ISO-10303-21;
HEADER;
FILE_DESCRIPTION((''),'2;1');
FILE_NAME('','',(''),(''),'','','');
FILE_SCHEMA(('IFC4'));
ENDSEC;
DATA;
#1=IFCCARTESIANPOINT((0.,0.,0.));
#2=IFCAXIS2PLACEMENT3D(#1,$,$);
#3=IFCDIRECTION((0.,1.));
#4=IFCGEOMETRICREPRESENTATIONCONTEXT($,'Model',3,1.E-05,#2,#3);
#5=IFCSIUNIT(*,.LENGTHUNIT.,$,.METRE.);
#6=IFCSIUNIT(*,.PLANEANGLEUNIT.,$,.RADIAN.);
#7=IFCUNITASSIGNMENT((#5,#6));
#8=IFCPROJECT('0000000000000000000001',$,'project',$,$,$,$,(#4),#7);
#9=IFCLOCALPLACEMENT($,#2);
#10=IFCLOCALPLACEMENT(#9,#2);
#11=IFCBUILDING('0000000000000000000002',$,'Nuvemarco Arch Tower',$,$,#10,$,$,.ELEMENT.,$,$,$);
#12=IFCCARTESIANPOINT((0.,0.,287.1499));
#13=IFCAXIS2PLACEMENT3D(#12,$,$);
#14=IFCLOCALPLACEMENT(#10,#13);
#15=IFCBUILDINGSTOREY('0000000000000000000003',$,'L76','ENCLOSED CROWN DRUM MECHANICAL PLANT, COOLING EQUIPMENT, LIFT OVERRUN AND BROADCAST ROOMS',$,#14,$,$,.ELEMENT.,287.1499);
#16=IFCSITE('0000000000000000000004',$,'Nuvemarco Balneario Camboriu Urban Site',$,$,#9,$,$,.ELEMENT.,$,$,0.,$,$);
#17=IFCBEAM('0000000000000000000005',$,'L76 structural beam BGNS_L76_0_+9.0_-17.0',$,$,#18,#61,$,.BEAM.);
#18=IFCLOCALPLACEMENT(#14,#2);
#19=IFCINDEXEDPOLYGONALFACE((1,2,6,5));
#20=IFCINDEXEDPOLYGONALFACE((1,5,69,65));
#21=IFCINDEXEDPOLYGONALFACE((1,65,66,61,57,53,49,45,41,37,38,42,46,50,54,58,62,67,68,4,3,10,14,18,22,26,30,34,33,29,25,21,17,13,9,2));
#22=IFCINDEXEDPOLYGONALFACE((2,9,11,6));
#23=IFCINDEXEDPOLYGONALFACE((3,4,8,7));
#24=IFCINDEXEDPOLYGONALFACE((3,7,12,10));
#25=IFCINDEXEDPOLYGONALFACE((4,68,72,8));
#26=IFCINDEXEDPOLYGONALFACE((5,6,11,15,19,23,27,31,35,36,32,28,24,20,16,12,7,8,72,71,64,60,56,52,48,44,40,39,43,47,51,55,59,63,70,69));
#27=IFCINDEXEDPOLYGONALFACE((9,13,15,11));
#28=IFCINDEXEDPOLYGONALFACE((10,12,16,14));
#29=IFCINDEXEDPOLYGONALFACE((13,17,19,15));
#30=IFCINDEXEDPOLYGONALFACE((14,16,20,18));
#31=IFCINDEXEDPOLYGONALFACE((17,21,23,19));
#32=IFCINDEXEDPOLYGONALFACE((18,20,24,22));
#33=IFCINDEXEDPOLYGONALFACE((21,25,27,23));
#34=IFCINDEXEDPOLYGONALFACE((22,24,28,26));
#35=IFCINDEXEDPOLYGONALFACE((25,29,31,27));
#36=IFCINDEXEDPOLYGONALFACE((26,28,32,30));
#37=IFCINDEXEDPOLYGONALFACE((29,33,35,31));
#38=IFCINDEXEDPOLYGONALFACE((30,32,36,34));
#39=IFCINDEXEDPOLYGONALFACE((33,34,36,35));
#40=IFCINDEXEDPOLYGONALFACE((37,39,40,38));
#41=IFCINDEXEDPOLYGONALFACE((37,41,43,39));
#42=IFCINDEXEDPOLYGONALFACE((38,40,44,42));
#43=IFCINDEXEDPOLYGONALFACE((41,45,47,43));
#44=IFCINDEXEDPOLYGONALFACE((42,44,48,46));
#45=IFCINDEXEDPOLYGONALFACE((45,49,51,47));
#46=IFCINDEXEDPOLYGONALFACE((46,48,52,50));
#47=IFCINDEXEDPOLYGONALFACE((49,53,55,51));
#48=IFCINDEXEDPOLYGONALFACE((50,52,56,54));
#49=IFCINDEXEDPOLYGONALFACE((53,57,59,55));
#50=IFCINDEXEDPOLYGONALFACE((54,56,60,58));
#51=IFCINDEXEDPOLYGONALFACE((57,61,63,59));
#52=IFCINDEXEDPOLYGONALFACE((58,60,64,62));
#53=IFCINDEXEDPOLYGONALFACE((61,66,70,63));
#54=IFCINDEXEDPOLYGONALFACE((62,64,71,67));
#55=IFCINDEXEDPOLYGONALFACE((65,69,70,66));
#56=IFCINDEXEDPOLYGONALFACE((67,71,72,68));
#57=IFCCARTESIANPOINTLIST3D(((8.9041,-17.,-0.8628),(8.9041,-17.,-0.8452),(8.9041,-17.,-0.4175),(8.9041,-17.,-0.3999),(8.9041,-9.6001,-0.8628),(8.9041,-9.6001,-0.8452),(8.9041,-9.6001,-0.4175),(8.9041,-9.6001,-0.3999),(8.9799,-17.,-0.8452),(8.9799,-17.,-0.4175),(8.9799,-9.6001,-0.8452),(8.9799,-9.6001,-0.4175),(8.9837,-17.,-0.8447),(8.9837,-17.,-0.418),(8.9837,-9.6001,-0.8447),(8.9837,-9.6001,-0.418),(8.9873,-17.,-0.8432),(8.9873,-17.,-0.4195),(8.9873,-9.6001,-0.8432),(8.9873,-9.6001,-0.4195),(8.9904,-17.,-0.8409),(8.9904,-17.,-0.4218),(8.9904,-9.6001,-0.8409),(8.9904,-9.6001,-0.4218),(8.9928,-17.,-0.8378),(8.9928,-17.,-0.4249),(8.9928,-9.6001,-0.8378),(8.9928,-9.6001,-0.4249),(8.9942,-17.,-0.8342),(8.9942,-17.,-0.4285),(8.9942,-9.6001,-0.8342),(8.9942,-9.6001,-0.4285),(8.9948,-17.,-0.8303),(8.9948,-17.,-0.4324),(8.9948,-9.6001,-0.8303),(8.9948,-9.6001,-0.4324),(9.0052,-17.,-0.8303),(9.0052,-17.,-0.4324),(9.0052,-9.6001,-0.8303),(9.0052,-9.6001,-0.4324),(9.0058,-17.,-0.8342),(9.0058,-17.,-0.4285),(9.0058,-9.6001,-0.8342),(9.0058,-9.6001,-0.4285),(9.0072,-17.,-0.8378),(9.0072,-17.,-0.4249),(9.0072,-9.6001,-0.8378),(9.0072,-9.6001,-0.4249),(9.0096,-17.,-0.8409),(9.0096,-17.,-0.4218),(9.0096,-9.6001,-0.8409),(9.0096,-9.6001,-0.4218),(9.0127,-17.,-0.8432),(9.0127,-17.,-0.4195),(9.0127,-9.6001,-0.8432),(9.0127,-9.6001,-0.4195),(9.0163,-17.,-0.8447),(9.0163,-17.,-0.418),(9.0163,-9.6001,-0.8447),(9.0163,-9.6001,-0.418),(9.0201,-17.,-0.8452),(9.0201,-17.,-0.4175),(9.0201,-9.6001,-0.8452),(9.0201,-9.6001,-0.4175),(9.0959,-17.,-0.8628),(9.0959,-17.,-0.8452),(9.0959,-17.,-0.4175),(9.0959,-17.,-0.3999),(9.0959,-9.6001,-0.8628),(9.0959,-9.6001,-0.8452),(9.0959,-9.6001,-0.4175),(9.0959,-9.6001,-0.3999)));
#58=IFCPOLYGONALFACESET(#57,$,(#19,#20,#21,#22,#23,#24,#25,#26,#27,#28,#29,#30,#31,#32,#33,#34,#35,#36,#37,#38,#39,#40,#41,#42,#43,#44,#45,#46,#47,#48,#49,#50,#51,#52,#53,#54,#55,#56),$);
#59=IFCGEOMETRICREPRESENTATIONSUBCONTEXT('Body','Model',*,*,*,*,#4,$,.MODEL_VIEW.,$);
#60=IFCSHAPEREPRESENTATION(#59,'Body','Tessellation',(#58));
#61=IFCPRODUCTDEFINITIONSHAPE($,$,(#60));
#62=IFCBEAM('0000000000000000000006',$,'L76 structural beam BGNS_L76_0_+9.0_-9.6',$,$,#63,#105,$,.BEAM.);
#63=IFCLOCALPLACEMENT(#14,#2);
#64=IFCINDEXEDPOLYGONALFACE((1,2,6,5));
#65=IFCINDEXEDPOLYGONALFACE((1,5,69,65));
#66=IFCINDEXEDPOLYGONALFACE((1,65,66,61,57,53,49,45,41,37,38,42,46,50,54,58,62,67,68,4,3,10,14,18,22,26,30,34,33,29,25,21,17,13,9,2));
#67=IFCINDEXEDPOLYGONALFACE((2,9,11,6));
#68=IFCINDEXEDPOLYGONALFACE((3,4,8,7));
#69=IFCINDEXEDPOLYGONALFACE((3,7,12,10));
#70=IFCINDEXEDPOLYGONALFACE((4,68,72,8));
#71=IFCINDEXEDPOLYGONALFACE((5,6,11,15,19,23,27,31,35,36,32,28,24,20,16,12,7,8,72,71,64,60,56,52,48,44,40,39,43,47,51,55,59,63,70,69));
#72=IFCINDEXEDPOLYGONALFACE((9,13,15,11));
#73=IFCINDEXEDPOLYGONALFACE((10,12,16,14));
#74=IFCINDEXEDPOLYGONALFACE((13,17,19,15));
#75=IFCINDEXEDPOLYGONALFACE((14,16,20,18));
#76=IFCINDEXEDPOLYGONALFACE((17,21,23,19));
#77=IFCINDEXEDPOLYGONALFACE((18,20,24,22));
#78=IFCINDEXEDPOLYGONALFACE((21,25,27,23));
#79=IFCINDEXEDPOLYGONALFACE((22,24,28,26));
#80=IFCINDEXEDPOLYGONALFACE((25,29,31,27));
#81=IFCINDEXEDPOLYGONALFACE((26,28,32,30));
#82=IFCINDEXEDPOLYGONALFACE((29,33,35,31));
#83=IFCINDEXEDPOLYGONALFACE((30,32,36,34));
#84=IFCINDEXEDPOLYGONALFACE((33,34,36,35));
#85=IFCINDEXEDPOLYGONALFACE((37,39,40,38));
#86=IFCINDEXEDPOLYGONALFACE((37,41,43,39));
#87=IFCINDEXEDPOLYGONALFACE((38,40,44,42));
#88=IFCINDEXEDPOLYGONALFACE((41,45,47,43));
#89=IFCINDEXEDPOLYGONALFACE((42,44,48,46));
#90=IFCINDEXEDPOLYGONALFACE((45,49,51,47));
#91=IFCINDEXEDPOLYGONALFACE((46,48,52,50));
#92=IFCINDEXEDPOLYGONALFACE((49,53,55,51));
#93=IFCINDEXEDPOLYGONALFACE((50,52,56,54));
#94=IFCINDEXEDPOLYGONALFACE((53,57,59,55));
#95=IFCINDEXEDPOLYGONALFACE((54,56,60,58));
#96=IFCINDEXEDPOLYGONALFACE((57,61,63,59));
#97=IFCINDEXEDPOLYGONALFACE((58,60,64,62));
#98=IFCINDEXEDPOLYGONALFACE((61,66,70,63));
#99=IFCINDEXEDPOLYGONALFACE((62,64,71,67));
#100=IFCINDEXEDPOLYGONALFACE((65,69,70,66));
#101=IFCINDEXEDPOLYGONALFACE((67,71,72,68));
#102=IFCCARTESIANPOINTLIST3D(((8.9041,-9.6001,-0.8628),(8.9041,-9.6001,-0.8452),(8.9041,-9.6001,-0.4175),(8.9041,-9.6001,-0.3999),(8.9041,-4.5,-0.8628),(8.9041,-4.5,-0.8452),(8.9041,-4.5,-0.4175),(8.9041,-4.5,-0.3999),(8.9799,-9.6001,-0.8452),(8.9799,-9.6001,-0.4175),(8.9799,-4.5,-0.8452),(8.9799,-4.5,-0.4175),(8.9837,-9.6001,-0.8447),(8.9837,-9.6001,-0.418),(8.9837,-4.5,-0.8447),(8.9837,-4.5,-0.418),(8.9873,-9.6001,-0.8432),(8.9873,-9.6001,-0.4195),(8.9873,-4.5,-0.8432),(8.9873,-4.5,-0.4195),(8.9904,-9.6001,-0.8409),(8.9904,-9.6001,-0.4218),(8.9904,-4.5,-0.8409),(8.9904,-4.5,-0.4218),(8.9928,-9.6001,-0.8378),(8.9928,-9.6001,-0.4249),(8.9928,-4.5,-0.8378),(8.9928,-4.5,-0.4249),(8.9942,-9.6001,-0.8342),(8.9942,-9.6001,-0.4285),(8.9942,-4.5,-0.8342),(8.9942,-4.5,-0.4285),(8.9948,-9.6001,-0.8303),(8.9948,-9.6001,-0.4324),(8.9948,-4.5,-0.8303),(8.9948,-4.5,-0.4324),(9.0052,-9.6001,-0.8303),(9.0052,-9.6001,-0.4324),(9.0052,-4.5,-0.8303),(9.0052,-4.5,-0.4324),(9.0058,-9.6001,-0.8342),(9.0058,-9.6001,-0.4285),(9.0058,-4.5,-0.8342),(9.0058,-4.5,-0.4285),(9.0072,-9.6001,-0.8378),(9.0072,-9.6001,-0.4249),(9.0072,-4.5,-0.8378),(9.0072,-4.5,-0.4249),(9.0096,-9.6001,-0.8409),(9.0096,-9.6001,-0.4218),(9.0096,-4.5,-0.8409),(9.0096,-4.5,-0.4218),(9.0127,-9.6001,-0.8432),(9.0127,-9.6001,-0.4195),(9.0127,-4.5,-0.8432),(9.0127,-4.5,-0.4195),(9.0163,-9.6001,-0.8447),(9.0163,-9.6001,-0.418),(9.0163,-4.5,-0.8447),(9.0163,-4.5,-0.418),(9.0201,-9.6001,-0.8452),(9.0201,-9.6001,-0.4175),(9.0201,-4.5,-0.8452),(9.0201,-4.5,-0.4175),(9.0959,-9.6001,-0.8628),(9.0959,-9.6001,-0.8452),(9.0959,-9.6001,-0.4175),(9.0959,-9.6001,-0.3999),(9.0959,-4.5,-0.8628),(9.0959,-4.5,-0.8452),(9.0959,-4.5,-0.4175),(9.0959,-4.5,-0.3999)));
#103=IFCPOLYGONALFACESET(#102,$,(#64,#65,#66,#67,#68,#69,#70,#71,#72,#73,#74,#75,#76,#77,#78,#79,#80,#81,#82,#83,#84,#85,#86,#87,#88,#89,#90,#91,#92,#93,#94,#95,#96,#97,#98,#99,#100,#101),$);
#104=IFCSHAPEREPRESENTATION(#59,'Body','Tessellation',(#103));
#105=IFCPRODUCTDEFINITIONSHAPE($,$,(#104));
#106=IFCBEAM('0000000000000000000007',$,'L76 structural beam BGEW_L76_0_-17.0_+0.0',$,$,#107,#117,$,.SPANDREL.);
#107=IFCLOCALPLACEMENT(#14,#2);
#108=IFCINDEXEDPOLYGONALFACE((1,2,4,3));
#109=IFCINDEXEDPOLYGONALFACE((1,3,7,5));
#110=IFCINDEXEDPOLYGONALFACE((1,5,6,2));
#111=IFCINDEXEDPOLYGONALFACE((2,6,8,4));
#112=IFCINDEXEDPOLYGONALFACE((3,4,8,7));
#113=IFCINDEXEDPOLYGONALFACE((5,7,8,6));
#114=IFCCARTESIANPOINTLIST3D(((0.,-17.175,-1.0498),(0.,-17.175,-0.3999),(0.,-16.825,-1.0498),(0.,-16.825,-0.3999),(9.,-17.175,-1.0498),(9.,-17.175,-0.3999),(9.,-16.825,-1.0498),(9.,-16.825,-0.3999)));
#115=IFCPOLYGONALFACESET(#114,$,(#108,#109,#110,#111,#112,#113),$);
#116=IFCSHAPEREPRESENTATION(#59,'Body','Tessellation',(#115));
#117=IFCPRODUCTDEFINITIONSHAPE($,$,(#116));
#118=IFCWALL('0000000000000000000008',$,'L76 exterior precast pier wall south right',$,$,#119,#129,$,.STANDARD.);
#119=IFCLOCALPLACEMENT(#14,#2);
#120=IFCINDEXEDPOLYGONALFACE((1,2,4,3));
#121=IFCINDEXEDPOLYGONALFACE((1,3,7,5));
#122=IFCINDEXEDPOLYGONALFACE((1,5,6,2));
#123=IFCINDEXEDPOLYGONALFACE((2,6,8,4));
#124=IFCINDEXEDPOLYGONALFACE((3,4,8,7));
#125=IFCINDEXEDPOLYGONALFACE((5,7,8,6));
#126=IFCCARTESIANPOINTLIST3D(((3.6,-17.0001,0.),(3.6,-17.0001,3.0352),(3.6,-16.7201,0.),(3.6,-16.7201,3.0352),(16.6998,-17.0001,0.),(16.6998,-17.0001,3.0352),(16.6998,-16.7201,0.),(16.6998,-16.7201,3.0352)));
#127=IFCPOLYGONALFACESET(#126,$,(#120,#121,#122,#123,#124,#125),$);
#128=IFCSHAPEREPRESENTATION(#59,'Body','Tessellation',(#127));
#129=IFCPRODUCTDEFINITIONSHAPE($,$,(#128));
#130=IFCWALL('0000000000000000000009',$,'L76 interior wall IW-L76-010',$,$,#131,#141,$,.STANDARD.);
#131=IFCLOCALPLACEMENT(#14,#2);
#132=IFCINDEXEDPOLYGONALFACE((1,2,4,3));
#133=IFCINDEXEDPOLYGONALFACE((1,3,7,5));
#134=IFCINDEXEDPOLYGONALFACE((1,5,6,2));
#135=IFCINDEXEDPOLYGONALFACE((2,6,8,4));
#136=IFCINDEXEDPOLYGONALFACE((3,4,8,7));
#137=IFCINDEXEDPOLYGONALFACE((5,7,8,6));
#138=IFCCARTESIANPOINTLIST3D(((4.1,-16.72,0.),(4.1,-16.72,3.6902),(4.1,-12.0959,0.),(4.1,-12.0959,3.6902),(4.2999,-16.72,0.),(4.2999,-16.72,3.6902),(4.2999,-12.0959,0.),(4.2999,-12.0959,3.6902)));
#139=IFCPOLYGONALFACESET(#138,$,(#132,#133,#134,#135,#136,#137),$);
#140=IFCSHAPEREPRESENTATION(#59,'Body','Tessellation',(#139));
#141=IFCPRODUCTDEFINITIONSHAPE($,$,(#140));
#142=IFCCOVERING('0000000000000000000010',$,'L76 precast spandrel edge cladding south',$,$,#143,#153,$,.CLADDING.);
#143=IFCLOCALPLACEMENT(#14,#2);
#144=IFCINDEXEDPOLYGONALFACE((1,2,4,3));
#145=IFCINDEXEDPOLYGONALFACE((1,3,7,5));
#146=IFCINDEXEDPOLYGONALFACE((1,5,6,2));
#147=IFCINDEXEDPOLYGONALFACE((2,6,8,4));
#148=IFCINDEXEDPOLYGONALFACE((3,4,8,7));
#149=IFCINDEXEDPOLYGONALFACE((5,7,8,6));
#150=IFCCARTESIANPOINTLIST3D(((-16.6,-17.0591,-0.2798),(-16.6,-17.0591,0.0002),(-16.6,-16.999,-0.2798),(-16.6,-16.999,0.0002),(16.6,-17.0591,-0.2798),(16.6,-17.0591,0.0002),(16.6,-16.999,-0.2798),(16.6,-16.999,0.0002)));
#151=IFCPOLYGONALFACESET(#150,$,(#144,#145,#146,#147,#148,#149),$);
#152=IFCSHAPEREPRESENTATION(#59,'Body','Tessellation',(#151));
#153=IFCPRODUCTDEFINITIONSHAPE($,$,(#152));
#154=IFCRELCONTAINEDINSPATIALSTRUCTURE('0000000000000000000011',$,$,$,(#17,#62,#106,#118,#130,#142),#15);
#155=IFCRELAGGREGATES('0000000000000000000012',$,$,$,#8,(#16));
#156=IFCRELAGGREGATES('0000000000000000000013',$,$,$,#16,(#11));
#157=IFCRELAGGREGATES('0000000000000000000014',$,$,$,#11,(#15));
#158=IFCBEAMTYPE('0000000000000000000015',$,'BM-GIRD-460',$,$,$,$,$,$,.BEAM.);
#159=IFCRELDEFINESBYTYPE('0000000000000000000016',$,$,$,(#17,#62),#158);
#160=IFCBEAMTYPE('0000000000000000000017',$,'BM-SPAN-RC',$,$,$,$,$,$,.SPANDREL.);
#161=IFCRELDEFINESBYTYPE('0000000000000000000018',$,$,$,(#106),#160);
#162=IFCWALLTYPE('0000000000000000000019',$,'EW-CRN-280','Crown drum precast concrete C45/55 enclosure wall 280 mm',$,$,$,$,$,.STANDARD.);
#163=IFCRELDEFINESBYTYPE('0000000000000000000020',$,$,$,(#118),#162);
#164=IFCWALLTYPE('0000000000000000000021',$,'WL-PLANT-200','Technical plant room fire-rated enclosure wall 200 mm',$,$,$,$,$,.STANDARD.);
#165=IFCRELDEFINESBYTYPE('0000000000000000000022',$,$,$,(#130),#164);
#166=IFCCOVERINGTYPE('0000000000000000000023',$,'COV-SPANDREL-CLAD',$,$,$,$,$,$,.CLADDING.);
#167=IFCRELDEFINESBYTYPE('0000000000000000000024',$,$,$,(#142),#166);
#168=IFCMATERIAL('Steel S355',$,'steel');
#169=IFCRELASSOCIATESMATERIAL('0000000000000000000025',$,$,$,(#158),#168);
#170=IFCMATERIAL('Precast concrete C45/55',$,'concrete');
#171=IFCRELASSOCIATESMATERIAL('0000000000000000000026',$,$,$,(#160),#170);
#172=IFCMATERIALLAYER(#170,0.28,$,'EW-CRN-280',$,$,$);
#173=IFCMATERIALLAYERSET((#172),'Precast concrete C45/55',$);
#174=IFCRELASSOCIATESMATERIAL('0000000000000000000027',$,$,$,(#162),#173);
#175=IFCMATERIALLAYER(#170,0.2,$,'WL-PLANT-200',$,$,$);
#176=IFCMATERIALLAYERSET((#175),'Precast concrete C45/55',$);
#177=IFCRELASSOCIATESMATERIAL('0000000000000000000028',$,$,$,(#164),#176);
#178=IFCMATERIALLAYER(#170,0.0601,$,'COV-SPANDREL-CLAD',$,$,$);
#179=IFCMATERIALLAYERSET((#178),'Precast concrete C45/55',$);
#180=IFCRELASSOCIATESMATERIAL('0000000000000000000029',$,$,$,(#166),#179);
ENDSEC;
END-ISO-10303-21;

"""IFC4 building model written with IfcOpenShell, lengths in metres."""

from ifc_helpers import new_model, si_unit, direction, frame, frame_2d, origin, origin_2d, place, context, subcontext, project, spatial, rectangle, i_section, extrude, source, transform, mapped, material, layer, layer_set, material_profile, profile_set, type_object, type_shapes, element, save


model = new_model("IFC4")

# Units and contexts
model_context = context("Model", 3, precision=1e-05, world=origin(), true_north=direction((0.0, 1.0)))
body_context = subcontext(model_context, "Body", "Model", "MODEL_VIEW")
ifc_project = project(units=[si_unit("LENGTHUNIT", "METRE"), si_unit("PLANEANGLEUNIT", "RADIAN")], contexts=[model_context])

# Site, building, storey
site_placement = place(None, origin())
site = spatial("IfcSite", under=ifc_project, at=site_placement, Name="Nuvemarco Balneario Camboriu Urban Site", CompositionType="ELEMENT", RefElevation=0.0)
building_placement = place(site_placement, origin())
building = spatial("IfcBuilding", under=site, at=building_placement, Name="Nuvemarco Arch Tower", CompositionType="ELEMENT")
storey_placement = place(building_placement, frame((0.0, 0.0, 287.1499)))
storey = spatial("IfcBuildingStorey", under=building, at=storey_placement, Name="L76", Description="ENCLOSED CROWN DRUM MECHANICAL PLANT, COOLING EQUIPMENT, LIFT OVERRUN AND BROADCAST ROOMS", CompositionType="ELEMENT", Elevation=287.1499)

# Shared definitions
ifc_material_1 = material(Name="Steel S355", Category="steel")

# Beams
ifc_material_profile_1 = material_profile(ifc_material_1, i_section(OverallWidth=0.1919, OverallDepth=0.4629, WebThickness=0.0105, FlangeThickness=0.0176, FilletRadius=0.0149, at=origin_2d()), Name="W460x89")
ifc_profile_set_1 = profile_set([ifc_material_profile_1], Name="Steel S355")
beam_type_1 = type_object("IfcBeamType", Name="BM-GIRD-460", PredefinedType="BEAM", material=ifc_profile_set_1)
beam_1_placement = place(storey_placement, frame((9.0, -17.0, -0.6313), z_axis=(0.0, 1.0, 0.0), x_axis=(-1.0, 0.0, 0.0)))
element("IfcBeam", 1, at=beam_1_placement, inside=storey, type_object=beam_type_1, Name="L76 structural beam BGNS_L76_0_+9.0_-17.0", PredefinedType="BEAM", context=body_context, shape_type="SweptSolid", body=[
    extrude(i_section(OverallWidth=0.1919, OverallDepth=0.4629, WebThickness=0.0105, FlangeThickness=0.0176, FilletRadius=0.0149, at=origin_2d()), origin(), (0.0, 0.0, 1.0), 7.3999),
])
beam_2_placement = place(storey_placement, frame((9.0, -9.6001, -0.6313), z_axis=(0.0, 1.0, 0.0), x_axis=(-1.0, 0.0, 0.0)))
element("IfcBeam", 2, at=beam_2_placement, inside=storey, type_object=beam_type_1, Name="L76 structural beam BGNS_L76_0_+9.0_-9.6", PredefinedType="BEAM", context=body_context, shape_type="SweptSolid", body=[
    extrude(i_section(OverallWidth=0.1919, OverallDepth=0.4629, WebThickness=0.0105, FlangeThickness=0.0176, FilletRadius=0.0149, at=origin_2d()), origin(), (0.0, 0.0, 1.0), 5.1001),
])
ifc_material_2 = material(Name="Precast concrete C45/55", Category="concrete")
ifc_material_profile_2 = material_profile(ifc_material_2, rectangle(XDim=0.3501, YDim=0.6499, at=origin_2d()), Name="PC-SP-350x650")
ifc_profile_set_2 = profile_set([ifc_material_profile_2], Name="Precast concrete C45/55")
beam_type_2 = type_object("IfcBeamType", Name="BM-SPAN-RC", PredefinedType="SPANDREL", material=ifc_profile_set_2)
beam_3_placement = place(storey_placement, frame((0.0, -17.0, -0.7249), z_axis=(1.0, 0.0, 0.0), x_axis=(0.0, 1.0, 0.0)))
element("IfcBeam", 3, at=beam_3_placement, inside=storey, type_object=beam_type_2, Name="L76 structural beam BGEW_L76_0_-17.0_+0.0", PredefinedType="SPANDREL", context=body_context, shape_type="SweptSolid", body=[
    extrude(rectangle(XDim=0.3501, YDim=0.6499, at=origin_2d()), origin(), (0.0, 0.0, 1.0), 9.0),
])

# Walls
ifc_layer_1 = layer(ifc_material_2, 0.28, Name="EW-CRN-280")
ifc_layer_set_1 = layer_set([ifc_layer_1], Name="Precast concrete C45/55")
wall_type_1 = type_object("IfcWallType", Name="EW-CRN-280", Description="Crown drum precast concrete C45/55 enclosure wall 280 mm", PredefinedType="STANDARD", material=ifc_layer_set_1)
wall_1_placement = place(storey_placement, frame((3.6001, -16.8601, 0.0), z_axis=(0.0, 0.0, 1.0), x_axis=(1.0, 0.0, 0.0)))
element("IfcWall", 4, at=wall_1_placement, inside=storey, type_object=wall_type_1, Name="L76 exterior precast pier wall south right", PredefinedType="STANDARD", context=body_context, shape_type="SweptSolid", body=[
    extrude(rectangle(XDim=13.0999, YDim=0.28, at=frame_2d((6.5498, 0.0))), origin(), (0.0, 0.0, 1.0), 3.0352),
])
ifc_layer_2 = layer(ifc_material_2, 0.2, Name="WL-PLANT-200")
ifc_layer_set_2 = layer_set([ifc_layer_2], Name="Precast concrete C45/55")
wall_type_2 = type_object("IfcWallType", Name="WL-PLANT-200", Description="Technical plant room fire-rated enclosure wall 200 mm", PredefinedType="STANDARD", material=ifc_layer_set_2)
wall_2_placement = place(storey_placement, frame((4.2, -16.72, 0.0), z_axis=(0.0, 0.0, 1.0), x_axis=(0.0, 1.0, 0.0)))
element("IfcWall", 5, at=wall_2_placement, inside=storey, type_object=wall_type_2, Name="L76 interior wall IW-L76-010", PredefinedType="STANDARD", context=body_context, shape_type="SweptSolid", body=[
    extrude(rectangle(XDim=4.624, YDim=0.2, at=frame_2d((2.312, 0.0))), origin(), (0.0, 0.0, 1.0), 3.6902),
])

# Covering
ifc_layer_3 = layer(ifc_material_2, 0.0601, Name="COV-SPANDREL-CLAD")
ifc_layer_set_3 = layer_set([ifc_layer_3], Name="Precast concrete C45/55")
covering_type = type_object("IfcCoveringType", Name="COV-SPANDREL-CLAD", PredefinedType="CLADDING", material=ifc_layer_set_3)
shared_shape_1 = source(origin(), body_context, "Body", "SweptSolid", [
    extrude(rectangle(XDim=33.2, YDim=0.0601, at=origin_2d()), origin(), (0.0, 0.0, 1.0), 0.28),
])
type_shapes(covering_type, [shared_shape_1])
covering_placement = place(storey_placement, frame((0.0, -17.0291, -0.2798), z_axis=(0.0, 0.0, 1.0), x_axis=(1.0, 0.0, 0.0)))
element("IfcCovering", 6, at=covering_placement, inside=storey, type_object=covering_type, Name="L76 precast spandrel edge cladding south", PredefinedType="CLADDING", context=body_context, shape_type="MappedRepresentation", body=[
    mapped(shared_shape_1, transform((0.0, 0.0, 0.0), scale=1.0)),
])

save(model, "model.ifc")
